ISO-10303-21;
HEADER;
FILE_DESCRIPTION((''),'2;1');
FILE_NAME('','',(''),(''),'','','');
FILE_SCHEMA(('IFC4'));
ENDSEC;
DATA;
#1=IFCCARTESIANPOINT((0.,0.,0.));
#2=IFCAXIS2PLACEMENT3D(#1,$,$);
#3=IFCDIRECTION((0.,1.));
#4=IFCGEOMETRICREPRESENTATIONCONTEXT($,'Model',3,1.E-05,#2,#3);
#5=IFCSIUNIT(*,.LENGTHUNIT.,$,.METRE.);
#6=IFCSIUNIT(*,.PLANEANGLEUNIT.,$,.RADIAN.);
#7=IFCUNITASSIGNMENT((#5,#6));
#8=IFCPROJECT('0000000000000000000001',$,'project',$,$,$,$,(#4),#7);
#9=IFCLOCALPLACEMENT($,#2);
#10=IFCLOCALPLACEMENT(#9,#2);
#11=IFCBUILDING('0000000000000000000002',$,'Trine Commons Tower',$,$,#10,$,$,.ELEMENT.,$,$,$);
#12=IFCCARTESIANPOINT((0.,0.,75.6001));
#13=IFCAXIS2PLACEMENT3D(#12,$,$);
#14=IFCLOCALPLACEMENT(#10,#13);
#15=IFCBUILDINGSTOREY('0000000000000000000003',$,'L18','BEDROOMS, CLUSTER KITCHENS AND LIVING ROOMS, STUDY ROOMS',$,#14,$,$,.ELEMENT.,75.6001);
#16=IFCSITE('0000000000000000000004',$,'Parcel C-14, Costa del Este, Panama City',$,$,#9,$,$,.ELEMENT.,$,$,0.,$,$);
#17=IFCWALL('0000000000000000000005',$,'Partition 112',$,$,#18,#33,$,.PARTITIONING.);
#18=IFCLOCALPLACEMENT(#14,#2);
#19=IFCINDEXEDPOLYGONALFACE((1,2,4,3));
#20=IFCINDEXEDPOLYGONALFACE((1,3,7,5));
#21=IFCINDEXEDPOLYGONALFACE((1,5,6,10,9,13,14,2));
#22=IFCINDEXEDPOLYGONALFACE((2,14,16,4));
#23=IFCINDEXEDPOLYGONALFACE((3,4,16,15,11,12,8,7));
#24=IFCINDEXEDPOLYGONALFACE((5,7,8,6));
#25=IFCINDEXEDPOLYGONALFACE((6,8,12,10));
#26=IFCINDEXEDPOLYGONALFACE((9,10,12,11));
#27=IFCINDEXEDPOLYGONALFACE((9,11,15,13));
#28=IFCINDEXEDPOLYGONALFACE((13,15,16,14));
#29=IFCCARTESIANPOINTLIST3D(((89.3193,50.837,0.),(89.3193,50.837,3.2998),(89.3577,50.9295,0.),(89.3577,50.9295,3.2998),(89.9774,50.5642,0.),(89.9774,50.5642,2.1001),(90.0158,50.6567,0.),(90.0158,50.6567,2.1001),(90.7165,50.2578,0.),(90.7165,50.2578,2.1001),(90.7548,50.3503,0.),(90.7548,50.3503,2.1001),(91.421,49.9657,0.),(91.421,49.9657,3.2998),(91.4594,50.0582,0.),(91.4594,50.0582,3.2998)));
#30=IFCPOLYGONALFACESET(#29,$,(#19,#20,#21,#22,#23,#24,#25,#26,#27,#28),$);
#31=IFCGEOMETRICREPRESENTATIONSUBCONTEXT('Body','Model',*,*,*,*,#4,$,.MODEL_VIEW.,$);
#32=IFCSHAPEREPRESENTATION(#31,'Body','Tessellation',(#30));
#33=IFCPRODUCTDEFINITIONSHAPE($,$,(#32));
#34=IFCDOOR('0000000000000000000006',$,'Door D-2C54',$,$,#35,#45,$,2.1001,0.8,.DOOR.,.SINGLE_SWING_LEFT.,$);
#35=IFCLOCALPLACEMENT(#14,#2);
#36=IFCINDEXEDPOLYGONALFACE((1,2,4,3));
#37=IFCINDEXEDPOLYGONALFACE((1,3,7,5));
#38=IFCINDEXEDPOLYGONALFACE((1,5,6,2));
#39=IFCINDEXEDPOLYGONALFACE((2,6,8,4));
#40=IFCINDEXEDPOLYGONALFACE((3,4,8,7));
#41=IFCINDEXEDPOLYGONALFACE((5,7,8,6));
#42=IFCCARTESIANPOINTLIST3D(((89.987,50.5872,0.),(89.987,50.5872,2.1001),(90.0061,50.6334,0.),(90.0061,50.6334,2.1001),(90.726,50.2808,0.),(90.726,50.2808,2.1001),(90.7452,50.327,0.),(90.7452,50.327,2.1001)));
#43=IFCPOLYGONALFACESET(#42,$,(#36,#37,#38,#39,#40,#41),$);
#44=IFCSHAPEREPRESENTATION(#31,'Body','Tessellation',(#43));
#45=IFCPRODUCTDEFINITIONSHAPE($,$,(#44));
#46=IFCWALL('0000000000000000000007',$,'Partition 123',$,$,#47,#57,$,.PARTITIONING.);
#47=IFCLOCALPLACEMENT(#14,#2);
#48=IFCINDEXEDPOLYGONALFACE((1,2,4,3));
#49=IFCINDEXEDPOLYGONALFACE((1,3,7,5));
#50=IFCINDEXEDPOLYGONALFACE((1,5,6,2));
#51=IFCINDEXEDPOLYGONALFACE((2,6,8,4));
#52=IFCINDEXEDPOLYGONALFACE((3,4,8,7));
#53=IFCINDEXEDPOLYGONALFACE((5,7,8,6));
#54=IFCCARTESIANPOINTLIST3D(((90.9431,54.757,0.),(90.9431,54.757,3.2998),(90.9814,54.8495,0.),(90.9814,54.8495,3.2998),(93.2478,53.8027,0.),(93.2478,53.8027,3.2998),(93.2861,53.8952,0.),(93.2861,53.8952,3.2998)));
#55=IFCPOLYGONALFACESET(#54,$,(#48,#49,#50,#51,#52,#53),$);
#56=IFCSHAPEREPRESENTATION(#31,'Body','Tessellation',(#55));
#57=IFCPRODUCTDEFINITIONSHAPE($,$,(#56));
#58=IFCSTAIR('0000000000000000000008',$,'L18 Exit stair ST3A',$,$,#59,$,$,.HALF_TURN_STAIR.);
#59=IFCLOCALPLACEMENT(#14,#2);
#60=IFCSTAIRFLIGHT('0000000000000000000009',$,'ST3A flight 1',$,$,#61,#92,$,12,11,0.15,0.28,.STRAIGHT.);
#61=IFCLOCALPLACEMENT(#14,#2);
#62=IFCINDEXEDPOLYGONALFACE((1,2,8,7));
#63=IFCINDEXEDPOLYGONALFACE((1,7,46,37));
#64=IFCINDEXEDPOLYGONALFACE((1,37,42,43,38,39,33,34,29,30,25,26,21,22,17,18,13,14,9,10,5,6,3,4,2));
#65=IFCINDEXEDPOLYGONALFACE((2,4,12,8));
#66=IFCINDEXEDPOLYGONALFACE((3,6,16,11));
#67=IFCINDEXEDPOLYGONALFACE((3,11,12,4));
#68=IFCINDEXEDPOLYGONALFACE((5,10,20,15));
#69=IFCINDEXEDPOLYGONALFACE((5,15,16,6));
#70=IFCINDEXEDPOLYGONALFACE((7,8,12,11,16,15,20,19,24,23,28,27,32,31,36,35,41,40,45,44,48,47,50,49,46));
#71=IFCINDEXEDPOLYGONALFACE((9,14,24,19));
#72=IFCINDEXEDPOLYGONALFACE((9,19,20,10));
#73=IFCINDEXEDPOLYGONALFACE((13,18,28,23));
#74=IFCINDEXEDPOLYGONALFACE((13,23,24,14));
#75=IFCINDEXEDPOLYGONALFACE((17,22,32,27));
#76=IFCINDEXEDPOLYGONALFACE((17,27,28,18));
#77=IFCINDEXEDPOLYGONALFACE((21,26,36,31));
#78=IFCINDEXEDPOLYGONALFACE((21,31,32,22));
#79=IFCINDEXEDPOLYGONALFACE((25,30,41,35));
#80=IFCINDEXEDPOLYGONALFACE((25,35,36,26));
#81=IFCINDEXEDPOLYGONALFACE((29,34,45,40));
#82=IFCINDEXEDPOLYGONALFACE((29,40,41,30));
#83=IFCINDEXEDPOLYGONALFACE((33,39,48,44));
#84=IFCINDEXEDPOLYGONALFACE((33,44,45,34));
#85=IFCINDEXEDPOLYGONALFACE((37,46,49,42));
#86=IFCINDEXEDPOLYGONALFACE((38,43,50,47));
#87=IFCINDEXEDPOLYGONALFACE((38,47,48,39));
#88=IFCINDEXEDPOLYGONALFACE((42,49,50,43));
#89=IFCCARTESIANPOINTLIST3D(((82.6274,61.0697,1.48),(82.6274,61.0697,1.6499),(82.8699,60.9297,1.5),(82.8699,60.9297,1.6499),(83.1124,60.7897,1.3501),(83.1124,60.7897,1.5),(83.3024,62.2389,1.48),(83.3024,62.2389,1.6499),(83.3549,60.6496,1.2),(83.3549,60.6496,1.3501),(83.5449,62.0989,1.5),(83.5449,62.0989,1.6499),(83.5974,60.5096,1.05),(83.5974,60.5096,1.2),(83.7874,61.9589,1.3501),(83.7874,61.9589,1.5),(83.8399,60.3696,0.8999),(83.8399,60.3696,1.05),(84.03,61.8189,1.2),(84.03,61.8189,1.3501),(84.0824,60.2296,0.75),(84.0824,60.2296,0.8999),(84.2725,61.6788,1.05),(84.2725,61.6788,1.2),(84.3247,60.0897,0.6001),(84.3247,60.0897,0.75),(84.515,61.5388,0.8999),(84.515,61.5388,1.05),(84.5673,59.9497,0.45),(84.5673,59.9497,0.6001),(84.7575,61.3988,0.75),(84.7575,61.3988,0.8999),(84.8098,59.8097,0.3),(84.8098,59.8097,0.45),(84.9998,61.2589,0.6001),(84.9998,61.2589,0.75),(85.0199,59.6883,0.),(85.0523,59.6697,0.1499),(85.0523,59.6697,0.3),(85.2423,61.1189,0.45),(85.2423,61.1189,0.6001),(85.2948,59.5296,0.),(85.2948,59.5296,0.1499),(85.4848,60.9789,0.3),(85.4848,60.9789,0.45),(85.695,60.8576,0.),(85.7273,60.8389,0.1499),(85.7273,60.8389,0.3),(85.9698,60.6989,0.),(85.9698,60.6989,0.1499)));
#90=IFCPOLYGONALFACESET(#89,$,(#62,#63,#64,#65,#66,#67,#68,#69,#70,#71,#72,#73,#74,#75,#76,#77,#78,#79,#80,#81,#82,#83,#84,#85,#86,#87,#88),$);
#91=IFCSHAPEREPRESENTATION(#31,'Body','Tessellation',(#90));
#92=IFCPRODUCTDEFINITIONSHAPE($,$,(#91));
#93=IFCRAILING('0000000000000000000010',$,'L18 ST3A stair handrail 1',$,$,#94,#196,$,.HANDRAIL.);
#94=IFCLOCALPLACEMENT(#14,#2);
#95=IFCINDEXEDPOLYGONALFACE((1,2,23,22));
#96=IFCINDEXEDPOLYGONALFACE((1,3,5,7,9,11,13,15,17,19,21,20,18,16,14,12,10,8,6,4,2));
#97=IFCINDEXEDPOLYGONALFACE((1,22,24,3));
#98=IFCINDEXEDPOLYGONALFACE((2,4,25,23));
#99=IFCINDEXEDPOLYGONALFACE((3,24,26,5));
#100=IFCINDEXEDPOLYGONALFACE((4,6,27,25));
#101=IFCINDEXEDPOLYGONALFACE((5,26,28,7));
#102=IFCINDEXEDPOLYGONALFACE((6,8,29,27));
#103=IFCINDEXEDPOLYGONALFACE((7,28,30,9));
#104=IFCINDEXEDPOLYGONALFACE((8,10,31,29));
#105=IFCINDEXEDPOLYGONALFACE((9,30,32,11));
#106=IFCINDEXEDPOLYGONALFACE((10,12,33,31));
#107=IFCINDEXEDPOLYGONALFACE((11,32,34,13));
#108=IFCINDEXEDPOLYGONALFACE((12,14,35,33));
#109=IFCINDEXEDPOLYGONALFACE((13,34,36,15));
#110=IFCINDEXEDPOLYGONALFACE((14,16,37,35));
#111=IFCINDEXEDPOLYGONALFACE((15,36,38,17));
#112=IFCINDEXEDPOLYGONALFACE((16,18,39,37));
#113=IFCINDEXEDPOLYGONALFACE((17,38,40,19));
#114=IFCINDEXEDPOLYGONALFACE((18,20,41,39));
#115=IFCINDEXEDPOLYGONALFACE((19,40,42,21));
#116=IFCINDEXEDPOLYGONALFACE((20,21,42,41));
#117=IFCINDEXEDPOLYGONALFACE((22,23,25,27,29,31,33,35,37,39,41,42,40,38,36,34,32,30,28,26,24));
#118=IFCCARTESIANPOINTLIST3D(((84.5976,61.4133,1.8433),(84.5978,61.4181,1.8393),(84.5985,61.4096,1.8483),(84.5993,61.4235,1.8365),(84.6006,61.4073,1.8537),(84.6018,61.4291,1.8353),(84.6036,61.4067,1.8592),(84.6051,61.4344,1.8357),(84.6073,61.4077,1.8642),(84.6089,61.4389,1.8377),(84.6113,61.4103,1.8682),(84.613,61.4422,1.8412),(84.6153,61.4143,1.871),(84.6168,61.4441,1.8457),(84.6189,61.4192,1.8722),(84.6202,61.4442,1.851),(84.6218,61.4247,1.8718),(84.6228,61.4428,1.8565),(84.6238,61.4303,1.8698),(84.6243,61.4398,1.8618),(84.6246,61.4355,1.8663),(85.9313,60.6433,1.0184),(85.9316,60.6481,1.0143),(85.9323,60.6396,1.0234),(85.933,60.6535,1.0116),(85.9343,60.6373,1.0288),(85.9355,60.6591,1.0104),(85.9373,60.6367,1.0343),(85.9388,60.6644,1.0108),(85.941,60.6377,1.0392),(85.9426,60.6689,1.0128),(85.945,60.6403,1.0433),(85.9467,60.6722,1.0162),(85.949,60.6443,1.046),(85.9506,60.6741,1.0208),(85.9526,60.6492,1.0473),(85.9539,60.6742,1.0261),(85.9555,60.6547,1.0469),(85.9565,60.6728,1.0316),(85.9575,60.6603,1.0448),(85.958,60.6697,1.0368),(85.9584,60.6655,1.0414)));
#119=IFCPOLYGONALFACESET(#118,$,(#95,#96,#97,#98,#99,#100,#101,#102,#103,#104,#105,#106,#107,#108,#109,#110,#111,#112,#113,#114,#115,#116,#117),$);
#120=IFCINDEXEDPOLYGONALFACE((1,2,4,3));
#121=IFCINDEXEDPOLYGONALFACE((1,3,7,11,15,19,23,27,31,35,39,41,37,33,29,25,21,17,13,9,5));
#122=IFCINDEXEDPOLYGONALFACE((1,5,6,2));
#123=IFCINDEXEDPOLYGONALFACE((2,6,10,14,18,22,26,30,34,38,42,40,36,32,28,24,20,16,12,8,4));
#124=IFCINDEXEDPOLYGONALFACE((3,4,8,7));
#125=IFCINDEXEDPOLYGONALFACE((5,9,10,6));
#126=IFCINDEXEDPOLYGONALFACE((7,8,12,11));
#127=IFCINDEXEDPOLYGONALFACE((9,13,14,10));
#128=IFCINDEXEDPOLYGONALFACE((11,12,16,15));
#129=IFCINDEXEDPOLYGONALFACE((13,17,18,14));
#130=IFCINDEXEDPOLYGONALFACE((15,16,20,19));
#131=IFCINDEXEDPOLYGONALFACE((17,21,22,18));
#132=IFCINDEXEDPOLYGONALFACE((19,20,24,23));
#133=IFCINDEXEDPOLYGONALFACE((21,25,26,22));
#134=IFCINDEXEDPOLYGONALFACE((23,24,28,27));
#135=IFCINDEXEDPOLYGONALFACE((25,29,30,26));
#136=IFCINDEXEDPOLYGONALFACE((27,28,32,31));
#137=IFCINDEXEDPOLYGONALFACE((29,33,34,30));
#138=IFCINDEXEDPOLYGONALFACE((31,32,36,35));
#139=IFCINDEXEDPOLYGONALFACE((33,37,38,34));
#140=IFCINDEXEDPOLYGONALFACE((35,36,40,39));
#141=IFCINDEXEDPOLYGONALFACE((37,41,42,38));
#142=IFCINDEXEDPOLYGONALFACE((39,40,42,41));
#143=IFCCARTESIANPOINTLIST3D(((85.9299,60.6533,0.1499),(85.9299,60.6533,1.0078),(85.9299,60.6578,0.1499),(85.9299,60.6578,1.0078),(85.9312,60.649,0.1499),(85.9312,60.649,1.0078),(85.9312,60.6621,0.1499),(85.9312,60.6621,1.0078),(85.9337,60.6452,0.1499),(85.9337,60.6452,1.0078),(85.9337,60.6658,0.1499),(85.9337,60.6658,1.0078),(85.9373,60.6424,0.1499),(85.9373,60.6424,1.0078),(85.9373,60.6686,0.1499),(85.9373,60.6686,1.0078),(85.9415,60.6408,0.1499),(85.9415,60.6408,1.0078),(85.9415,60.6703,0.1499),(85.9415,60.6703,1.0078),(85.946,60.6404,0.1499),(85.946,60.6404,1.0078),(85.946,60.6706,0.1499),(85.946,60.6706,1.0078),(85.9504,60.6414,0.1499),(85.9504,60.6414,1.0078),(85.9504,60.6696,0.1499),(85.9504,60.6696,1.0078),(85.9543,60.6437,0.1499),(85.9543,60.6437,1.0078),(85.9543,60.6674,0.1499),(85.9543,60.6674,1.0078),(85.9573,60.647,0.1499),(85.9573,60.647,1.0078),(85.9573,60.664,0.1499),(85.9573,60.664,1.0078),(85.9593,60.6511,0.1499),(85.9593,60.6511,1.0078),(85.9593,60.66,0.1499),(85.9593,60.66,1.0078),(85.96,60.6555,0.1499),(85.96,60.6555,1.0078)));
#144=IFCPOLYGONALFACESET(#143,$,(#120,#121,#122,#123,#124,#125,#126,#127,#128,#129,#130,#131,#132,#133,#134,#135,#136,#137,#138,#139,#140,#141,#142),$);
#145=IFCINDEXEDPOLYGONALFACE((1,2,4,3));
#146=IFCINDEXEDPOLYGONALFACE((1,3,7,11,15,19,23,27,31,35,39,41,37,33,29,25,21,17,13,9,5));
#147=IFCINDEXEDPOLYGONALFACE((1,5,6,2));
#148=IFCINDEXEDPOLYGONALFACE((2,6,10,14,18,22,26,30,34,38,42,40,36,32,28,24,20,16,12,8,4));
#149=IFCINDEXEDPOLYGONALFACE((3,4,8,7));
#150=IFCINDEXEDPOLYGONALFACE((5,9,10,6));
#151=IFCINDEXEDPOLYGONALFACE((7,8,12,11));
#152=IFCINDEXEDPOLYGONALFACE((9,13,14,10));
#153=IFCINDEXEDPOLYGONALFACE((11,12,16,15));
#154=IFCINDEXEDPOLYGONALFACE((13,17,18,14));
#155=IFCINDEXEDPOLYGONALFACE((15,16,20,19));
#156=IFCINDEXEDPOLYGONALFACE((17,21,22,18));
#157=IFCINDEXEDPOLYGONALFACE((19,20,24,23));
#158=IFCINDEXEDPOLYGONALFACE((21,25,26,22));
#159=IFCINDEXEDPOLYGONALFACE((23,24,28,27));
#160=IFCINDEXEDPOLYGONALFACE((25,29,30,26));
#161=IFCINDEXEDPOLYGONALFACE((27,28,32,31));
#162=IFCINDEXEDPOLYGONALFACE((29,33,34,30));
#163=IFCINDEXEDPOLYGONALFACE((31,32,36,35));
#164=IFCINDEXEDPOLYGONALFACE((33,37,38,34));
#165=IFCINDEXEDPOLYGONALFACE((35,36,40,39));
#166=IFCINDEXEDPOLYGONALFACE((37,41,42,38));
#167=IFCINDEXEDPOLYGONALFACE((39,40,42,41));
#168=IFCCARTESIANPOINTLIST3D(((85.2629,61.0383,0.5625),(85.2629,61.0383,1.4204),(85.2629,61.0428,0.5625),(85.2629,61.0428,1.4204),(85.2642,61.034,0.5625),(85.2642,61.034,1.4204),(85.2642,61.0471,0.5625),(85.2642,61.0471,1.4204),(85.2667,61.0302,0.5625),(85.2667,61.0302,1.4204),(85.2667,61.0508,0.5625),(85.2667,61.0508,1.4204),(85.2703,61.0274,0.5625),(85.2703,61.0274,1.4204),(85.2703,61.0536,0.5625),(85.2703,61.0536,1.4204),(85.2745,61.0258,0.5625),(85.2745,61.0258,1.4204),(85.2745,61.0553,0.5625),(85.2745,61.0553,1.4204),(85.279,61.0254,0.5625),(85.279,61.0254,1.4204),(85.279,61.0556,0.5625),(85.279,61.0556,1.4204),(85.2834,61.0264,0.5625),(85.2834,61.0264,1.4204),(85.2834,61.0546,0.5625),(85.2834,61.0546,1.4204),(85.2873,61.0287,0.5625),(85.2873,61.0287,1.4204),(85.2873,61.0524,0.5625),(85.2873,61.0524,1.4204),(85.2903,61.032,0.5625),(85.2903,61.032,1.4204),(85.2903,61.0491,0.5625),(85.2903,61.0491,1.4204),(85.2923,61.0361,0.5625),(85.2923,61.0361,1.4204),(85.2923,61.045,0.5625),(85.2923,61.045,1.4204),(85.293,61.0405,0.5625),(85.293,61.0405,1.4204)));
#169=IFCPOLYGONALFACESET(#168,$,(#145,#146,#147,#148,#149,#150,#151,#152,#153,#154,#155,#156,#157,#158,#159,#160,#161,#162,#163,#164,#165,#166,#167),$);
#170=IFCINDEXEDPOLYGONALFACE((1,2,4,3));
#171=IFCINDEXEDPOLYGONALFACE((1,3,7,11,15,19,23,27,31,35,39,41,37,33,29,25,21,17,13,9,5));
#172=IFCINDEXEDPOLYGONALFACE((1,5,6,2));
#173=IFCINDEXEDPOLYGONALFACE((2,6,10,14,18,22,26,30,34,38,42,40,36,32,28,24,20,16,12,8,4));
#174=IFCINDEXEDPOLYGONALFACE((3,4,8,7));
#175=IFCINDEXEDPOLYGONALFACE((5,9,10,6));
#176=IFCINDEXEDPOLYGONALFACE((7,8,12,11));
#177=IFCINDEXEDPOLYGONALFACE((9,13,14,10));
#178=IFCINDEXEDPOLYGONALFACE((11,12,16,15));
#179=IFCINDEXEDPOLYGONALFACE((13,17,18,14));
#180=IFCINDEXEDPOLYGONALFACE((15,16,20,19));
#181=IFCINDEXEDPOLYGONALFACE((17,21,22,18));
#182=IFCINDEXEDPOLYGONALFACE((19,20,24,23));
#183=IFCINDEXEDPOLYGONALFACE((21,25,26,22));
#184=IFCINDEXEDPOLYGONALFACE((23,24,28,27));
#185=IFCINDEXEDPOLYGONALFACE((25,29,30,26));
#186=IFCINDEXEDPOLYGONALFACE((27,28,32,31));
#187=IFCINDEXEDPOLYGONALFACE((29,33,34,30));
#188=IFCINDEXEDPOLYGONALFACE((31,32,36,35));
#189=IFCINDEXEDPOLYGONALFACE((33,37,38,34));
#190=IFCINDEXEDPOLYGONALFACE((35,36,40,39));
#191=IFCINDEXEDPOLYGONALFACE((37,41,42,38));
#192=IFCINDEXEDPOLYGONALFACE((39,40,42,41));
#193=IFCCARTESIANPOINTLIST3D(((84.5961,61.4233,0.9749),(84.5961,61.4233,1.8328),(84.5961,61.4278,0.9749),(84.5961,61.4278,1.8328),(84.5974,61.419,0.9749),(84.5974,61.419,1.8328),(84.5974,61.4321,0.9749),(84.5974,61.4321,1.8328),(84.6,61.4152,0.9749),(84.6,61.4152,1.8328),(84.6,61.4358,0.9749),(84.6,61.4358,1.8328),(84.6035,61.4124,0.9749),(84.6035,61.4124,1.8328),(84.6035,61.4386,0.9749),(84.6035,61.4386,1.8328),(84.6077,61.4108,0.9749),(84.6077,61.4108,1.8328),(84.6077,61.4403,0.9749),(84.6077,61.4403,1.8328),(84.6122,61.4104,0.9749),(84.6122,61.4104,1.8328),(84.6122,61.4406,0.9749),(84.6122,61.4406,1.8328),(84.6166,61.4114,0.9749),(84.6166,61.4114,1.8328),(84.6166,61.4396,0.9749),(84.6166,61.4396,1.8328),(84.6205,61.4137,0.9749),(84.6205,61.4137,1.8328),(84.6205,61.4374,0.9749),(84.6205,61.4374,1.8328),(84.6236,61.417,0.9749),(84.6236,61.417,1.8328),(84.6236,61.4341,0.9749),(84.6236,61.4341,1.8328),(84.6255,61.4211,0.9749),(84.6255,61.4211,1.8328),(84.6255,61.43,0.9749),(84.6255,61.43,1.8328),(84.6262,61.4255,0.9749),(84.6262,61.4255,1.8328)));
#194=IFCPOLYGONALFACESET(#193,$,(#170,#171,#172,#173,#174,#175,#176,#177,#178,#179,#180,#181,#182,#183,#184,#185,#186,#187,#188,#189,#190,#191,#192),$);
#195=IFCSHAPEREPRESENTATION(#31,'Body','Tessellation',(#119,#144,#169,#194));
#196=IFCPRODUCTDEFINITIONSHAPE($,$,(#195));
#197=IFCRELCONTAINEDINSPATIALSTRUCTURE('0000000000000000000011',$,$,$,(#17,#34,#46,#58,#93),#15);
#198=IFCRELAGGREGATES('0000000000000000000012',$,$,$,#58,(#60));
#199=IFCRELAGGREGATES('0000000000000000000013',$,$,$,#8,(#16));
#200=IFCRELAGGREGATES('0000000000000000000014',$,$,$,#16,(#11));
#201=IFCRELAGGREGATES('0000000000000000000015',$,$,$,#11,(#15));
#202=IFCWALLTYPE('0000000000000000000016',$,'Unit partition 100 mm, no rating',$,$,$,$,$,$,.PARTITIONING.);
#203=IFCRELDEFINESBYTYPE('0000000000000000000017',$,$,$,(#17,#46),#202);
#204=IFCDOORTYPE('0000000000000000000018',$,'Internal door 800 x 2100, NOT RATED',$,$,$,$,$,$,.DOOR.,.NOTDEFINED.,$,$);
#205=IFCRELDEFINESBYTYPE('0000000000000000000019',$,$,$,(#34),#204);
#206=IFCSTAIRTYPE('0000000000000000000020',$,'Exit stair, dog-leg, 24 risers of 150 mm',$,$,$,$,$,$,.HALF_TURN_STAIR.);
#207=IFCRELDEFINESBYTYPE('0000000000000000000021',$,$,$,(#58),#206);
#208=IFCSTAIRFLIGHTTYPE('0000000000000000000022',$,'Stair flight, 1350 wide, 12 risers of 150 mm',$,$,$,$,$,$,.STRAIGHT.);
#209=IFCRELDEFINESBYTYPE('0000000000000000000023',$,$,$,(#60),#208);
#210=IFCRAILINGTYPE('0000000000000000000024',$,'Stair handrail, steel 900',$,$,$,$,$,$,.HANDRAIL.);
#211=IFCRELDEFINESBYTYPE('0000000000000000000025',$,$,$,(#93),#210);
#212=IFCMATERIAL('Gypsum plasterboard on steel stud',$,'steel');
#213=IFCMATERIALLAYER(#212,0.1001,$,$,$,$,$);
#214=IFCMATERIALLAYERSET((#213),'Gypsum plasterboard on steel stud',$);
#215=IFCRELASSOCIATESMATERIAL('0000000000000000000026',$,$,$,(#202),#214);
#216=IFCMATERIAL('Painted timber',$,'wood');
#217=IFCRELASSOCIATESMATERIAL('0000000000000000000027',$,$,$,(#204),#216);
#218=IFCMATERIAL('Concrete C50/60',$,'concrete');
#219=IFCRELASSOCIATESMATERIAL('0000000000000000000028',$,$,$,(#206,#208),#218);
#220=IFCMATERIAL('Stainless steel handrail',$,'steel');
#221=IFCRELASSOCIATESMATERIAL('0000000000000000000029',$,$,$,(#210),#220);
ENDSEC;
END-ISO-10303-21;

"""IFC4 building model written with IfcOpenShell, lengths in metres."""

from ifc_helpers import new_model, si_unit, direction, frame, frame_2d, origin, origin_2d, place, context, subcontext, project, spatial, polyline, rectangle, circle, outline, extrude, material, layer, layer_set, type_object, element, fill, aggregate, save


model = new_model("IFC4")

# Units and contexts
model_context = context("Model", 3, precision=1e-05, world=origin(), true_north=direction((0.0, 1.0)))
body_context = subcontext(model_context, "Body", "Model", "MODEL_VIEW")
ifc_project = project(units=[si_unit("LENGTHUNIT", "METRE"), si_unit("PLANEANGLEUNIT", "RADIAN")], contexts=[model_context])

# Site, building, storey
site_placement = place(None, origin())
site = spatial("IfcSite", under=ifc_project, at=site_placement, Name="Parcel C-14, Costa del Este, Panama City", CompositionType="ELEMENT", RefElevation=0.0)
building_placement = place(site_placement, origin())
building = spatial("IfcBuilding", under=site, at=building_placement, Name="Trine Commons Tower", CompositionType="ELEMENT")
storey_placement = place(building_placement, frame((0.0, 0.0, 75.6001)))
storey = spatial("IfcBuildingStorey", under=building, at=storey_placement, Name="L18", Description="BEDROOMS, CLUSTER KITCHENS AND LIVING ROOMS, STUDY ROOMS", CompositionType="ELEMENT", Elevation=75.6001)

# Shared definitions
ifc_material_1 = material(Name="Gypsum plasterboard on steel stud", Category="steel")

# Wall, opening, door
ifc_layer_1 = layer(ifc_material_1, 0.1001)
ifc_layer_set_1 = layer_set([ifc_layer_1], Name="Gypsum plasterboard on steel stud")
wall_type_1 = type_object("IfcWallType", Name="Unit partition 100 mm, no rating", PredefinedType="PARTITIONING", material=ifc_layer_set_1)
wall_1_placement = place(storey_placement, frame((89.3384, 50.8833, 0.0), z_axis=(0.0, 0.0, 1.0), x_axis=(0.923764, -0.382961, 0.0)))
wall_1 = element("IfcWall", 1, at=wall_1_placement, inside=storey, type_object=wall_type_1, Name="Partition 112", PredefinedType="PARTITIONING", context=body_context, shape_type="SweptSolid", body=[
    extrude(rectangle(XDim=2.2751, YDim=0.1001, at=frame_2d((1.1377, 0.0))), origin(), (0.0, 0.0, 1.0), 3.2998),
])
opening_1_placement = place(wall_1_placement, frame((0.7126, 0.0, 0.0)))
opening_1 = element("IfcOpeningElement", 2, at=opening_1_placement, cuts=wall_1, PredefinedType="OPENING", context=body_context, shape_type="SweptSolid", body=[
    extrude(rectangle(XDim=0.8, YDim=2.1001, at=frame_2d((0.3999, 1.05))), frame((0.0, 0.0601, 0.0), z_axis=(0.0, -1.0, 0.0), x_axis=(1.0, 0.0, 0.0)), (0.0, 0.0, 1.0), 0.1201),
])
ifc_material_2 = material(Name="Painted timber", Category="wood")
door_type_1 = type_object("IfcDoorType", Name="Internal door 800 x 2100, NOT RATED", OperationType="NOTDEFINED", PredefinedType="DOOR", material=ifc_material_2)
door_1_placement = place(opening_1_placement, origin())
door_1 = element("IfcDoor", 3, at=door_1_placement, inside=storey, type_object=door_type_1, Name="Door D-2C54", OperationType="SINGLE_SWING_LEFT", OverallHeight=2.1001, OverallWidth=0.8, PredefinedType="DOOR", context=body_context, shape_type="SweptSolid", body=[
    extrude(rectangle(XDim=0.8, YDim=2.1001, at=frame_2d((0.3999, 1.05))), frame((0.0, 0.0249, 0.0), z_axis=(0.0, -1.0, 0.0), x_axis=(1.0, 0.0, 0.0)), (0.0, 0.0, 1.0), 0.05),
])
fill(opening_1, door_1)

# Wall
wall_2_placement = place(storey_placement, frame((90.9624, 54.8032, 0.0), z_axis=(0.0, 0.0, 1.0), x_axis=(0.92392, -0.382585, 0.0)))
element("IfcWall", 4, at=wall_2_placement, inside=storey, type_object=wall_type_1, Name="Partition 123", PredefinedType="PARTITIONING", context=body_context, shape_type="SweptSolid", body=[
    extrude(rectangle(XDim=2.4944, YDim=0.1001, at=frame_2d((1.2471, 0.0))), origin(), (0.0, 0.0, 1.0), 3.2998),
])

# Stair, stair flight
ifc_material_3 = material(Name="Concrete C50/60", Category="concrete")
stair_type = type_object("IfcStairType", Name="Exit stair, dog-leg, 24 risers of 150 mm", PredefinedType="HALF_TURN_STAIR", material=ifc_material_3)
stair_placement = place(storey_placement, origin())
stair = element("IfcStair", 5, at=stair_placement, inside=storey, type_object=stair_type, Name="L18 Exit stair ST3A", PredefinedType="HALF_TURN_STAIR")
stair_flight_type = type_object("IfcStairFlightType", Name="Stair flight, 1350 wide, 12 risers of 150 mm", PredefinedType="STRAIGHT", material=ifc_material_3)
stair_flight_placement = place(storey_placement, frame((85.6323, 60.1143, 0.0), z_axis=(0.0, 0.0, 1.0), x_axis=(-0.866025, 0.5, 0.0)))
stair_flight = element("IfcStairFlight", 6, at=stair_flight_placement, type_object=stair_flight_type, Name="ST3A flight 1", NumberOfRisers=12, NumberOfTreads=11, PredefinedType="STRAIGHT", RiserHeight=0.15, TreadLength=0.28, context=body_context, shape_type="SweptSolid", body=[
    extrude(outline(polyline([(0.0, 0.0), (0.0, 0.1499), (0.28, 0.1499), (0.28, 0.3), (0.5601, 0.3), (0.5601, 0.45), (0.8401, 0.45), (0.8401, 0.6001), (1.1201, 0.6001), (1.1201, 0.75), (1.3999, 0.75), (1.3999, 0.8999), (1.6799, 0.8999), (1.6799, 1.05), (1.96, 1.05), (1.96, 1.2), (2.24, 1.2), (2.24, 1.3501), (2.52, 1.3501), (2.52, 1.5), (2.8, 1.5), (2.8, 1.6499), (3.0801, 1.6499), (3.0801, 1.8), (3.0801, 1.48), (0.3174, 0.0), (0.0, 0.0)])), frame((0.0, 0.675, 0.0), z_axis=(0.0, -1.0, 0.0), x_axis=(1.0, 0.0, 0.0)), (0.0, 0.0, 1.0), 1.3501),
])
aggregate(stair, [stair_flight])

# Railing
ifc_material_4 = material(Name="Stainless steel handrail", Category="steel")
railing_type = type_object("IfcRailingType", Name="Stair handrail, steel 900", PredefinedType="HANDRAIL", material=ifc_material_4)
railing_placement = place(storey_placement, frame((85.9448, 60.6555, 0.1499)))
element("IfcRailing", 7, at=railing_placement, inside=storey, type_object=railing_type, Name="L18 ST3A stair handrail 1", PredefinedType="HANDRAIL", context=body_context, shape_type="SweptSolid", body=[
    extrude(circle(Radius=0.021, at=origin_2d()), frame((0.0, 0.0, 0.8789), z_axis=(-0.763405, 0.440743, 0.472185), x_axis=(-0.499992, -0.86603, 0.0)), (0.0, 0.0, 1.0), 1.7471),
    extrude(circle(Radius=0.0151, at=origin_2d()), origin(), (0.0, 0.0, 1.0), 0.8579),
    extrude(circle(Radius=0.0151, at=origin_2d()), frame((-0.667, 0.385, 0.4126)), (0.0, 0.0, 1.0), 0.8579),
    extrude(circle(Radius=0.0151, at=origin_2d()), frame((-1.3337, 0.77, 0.825)), (0.0, 0.0, 1.0), 0.8579),
])

save(model, "model.ifc")
